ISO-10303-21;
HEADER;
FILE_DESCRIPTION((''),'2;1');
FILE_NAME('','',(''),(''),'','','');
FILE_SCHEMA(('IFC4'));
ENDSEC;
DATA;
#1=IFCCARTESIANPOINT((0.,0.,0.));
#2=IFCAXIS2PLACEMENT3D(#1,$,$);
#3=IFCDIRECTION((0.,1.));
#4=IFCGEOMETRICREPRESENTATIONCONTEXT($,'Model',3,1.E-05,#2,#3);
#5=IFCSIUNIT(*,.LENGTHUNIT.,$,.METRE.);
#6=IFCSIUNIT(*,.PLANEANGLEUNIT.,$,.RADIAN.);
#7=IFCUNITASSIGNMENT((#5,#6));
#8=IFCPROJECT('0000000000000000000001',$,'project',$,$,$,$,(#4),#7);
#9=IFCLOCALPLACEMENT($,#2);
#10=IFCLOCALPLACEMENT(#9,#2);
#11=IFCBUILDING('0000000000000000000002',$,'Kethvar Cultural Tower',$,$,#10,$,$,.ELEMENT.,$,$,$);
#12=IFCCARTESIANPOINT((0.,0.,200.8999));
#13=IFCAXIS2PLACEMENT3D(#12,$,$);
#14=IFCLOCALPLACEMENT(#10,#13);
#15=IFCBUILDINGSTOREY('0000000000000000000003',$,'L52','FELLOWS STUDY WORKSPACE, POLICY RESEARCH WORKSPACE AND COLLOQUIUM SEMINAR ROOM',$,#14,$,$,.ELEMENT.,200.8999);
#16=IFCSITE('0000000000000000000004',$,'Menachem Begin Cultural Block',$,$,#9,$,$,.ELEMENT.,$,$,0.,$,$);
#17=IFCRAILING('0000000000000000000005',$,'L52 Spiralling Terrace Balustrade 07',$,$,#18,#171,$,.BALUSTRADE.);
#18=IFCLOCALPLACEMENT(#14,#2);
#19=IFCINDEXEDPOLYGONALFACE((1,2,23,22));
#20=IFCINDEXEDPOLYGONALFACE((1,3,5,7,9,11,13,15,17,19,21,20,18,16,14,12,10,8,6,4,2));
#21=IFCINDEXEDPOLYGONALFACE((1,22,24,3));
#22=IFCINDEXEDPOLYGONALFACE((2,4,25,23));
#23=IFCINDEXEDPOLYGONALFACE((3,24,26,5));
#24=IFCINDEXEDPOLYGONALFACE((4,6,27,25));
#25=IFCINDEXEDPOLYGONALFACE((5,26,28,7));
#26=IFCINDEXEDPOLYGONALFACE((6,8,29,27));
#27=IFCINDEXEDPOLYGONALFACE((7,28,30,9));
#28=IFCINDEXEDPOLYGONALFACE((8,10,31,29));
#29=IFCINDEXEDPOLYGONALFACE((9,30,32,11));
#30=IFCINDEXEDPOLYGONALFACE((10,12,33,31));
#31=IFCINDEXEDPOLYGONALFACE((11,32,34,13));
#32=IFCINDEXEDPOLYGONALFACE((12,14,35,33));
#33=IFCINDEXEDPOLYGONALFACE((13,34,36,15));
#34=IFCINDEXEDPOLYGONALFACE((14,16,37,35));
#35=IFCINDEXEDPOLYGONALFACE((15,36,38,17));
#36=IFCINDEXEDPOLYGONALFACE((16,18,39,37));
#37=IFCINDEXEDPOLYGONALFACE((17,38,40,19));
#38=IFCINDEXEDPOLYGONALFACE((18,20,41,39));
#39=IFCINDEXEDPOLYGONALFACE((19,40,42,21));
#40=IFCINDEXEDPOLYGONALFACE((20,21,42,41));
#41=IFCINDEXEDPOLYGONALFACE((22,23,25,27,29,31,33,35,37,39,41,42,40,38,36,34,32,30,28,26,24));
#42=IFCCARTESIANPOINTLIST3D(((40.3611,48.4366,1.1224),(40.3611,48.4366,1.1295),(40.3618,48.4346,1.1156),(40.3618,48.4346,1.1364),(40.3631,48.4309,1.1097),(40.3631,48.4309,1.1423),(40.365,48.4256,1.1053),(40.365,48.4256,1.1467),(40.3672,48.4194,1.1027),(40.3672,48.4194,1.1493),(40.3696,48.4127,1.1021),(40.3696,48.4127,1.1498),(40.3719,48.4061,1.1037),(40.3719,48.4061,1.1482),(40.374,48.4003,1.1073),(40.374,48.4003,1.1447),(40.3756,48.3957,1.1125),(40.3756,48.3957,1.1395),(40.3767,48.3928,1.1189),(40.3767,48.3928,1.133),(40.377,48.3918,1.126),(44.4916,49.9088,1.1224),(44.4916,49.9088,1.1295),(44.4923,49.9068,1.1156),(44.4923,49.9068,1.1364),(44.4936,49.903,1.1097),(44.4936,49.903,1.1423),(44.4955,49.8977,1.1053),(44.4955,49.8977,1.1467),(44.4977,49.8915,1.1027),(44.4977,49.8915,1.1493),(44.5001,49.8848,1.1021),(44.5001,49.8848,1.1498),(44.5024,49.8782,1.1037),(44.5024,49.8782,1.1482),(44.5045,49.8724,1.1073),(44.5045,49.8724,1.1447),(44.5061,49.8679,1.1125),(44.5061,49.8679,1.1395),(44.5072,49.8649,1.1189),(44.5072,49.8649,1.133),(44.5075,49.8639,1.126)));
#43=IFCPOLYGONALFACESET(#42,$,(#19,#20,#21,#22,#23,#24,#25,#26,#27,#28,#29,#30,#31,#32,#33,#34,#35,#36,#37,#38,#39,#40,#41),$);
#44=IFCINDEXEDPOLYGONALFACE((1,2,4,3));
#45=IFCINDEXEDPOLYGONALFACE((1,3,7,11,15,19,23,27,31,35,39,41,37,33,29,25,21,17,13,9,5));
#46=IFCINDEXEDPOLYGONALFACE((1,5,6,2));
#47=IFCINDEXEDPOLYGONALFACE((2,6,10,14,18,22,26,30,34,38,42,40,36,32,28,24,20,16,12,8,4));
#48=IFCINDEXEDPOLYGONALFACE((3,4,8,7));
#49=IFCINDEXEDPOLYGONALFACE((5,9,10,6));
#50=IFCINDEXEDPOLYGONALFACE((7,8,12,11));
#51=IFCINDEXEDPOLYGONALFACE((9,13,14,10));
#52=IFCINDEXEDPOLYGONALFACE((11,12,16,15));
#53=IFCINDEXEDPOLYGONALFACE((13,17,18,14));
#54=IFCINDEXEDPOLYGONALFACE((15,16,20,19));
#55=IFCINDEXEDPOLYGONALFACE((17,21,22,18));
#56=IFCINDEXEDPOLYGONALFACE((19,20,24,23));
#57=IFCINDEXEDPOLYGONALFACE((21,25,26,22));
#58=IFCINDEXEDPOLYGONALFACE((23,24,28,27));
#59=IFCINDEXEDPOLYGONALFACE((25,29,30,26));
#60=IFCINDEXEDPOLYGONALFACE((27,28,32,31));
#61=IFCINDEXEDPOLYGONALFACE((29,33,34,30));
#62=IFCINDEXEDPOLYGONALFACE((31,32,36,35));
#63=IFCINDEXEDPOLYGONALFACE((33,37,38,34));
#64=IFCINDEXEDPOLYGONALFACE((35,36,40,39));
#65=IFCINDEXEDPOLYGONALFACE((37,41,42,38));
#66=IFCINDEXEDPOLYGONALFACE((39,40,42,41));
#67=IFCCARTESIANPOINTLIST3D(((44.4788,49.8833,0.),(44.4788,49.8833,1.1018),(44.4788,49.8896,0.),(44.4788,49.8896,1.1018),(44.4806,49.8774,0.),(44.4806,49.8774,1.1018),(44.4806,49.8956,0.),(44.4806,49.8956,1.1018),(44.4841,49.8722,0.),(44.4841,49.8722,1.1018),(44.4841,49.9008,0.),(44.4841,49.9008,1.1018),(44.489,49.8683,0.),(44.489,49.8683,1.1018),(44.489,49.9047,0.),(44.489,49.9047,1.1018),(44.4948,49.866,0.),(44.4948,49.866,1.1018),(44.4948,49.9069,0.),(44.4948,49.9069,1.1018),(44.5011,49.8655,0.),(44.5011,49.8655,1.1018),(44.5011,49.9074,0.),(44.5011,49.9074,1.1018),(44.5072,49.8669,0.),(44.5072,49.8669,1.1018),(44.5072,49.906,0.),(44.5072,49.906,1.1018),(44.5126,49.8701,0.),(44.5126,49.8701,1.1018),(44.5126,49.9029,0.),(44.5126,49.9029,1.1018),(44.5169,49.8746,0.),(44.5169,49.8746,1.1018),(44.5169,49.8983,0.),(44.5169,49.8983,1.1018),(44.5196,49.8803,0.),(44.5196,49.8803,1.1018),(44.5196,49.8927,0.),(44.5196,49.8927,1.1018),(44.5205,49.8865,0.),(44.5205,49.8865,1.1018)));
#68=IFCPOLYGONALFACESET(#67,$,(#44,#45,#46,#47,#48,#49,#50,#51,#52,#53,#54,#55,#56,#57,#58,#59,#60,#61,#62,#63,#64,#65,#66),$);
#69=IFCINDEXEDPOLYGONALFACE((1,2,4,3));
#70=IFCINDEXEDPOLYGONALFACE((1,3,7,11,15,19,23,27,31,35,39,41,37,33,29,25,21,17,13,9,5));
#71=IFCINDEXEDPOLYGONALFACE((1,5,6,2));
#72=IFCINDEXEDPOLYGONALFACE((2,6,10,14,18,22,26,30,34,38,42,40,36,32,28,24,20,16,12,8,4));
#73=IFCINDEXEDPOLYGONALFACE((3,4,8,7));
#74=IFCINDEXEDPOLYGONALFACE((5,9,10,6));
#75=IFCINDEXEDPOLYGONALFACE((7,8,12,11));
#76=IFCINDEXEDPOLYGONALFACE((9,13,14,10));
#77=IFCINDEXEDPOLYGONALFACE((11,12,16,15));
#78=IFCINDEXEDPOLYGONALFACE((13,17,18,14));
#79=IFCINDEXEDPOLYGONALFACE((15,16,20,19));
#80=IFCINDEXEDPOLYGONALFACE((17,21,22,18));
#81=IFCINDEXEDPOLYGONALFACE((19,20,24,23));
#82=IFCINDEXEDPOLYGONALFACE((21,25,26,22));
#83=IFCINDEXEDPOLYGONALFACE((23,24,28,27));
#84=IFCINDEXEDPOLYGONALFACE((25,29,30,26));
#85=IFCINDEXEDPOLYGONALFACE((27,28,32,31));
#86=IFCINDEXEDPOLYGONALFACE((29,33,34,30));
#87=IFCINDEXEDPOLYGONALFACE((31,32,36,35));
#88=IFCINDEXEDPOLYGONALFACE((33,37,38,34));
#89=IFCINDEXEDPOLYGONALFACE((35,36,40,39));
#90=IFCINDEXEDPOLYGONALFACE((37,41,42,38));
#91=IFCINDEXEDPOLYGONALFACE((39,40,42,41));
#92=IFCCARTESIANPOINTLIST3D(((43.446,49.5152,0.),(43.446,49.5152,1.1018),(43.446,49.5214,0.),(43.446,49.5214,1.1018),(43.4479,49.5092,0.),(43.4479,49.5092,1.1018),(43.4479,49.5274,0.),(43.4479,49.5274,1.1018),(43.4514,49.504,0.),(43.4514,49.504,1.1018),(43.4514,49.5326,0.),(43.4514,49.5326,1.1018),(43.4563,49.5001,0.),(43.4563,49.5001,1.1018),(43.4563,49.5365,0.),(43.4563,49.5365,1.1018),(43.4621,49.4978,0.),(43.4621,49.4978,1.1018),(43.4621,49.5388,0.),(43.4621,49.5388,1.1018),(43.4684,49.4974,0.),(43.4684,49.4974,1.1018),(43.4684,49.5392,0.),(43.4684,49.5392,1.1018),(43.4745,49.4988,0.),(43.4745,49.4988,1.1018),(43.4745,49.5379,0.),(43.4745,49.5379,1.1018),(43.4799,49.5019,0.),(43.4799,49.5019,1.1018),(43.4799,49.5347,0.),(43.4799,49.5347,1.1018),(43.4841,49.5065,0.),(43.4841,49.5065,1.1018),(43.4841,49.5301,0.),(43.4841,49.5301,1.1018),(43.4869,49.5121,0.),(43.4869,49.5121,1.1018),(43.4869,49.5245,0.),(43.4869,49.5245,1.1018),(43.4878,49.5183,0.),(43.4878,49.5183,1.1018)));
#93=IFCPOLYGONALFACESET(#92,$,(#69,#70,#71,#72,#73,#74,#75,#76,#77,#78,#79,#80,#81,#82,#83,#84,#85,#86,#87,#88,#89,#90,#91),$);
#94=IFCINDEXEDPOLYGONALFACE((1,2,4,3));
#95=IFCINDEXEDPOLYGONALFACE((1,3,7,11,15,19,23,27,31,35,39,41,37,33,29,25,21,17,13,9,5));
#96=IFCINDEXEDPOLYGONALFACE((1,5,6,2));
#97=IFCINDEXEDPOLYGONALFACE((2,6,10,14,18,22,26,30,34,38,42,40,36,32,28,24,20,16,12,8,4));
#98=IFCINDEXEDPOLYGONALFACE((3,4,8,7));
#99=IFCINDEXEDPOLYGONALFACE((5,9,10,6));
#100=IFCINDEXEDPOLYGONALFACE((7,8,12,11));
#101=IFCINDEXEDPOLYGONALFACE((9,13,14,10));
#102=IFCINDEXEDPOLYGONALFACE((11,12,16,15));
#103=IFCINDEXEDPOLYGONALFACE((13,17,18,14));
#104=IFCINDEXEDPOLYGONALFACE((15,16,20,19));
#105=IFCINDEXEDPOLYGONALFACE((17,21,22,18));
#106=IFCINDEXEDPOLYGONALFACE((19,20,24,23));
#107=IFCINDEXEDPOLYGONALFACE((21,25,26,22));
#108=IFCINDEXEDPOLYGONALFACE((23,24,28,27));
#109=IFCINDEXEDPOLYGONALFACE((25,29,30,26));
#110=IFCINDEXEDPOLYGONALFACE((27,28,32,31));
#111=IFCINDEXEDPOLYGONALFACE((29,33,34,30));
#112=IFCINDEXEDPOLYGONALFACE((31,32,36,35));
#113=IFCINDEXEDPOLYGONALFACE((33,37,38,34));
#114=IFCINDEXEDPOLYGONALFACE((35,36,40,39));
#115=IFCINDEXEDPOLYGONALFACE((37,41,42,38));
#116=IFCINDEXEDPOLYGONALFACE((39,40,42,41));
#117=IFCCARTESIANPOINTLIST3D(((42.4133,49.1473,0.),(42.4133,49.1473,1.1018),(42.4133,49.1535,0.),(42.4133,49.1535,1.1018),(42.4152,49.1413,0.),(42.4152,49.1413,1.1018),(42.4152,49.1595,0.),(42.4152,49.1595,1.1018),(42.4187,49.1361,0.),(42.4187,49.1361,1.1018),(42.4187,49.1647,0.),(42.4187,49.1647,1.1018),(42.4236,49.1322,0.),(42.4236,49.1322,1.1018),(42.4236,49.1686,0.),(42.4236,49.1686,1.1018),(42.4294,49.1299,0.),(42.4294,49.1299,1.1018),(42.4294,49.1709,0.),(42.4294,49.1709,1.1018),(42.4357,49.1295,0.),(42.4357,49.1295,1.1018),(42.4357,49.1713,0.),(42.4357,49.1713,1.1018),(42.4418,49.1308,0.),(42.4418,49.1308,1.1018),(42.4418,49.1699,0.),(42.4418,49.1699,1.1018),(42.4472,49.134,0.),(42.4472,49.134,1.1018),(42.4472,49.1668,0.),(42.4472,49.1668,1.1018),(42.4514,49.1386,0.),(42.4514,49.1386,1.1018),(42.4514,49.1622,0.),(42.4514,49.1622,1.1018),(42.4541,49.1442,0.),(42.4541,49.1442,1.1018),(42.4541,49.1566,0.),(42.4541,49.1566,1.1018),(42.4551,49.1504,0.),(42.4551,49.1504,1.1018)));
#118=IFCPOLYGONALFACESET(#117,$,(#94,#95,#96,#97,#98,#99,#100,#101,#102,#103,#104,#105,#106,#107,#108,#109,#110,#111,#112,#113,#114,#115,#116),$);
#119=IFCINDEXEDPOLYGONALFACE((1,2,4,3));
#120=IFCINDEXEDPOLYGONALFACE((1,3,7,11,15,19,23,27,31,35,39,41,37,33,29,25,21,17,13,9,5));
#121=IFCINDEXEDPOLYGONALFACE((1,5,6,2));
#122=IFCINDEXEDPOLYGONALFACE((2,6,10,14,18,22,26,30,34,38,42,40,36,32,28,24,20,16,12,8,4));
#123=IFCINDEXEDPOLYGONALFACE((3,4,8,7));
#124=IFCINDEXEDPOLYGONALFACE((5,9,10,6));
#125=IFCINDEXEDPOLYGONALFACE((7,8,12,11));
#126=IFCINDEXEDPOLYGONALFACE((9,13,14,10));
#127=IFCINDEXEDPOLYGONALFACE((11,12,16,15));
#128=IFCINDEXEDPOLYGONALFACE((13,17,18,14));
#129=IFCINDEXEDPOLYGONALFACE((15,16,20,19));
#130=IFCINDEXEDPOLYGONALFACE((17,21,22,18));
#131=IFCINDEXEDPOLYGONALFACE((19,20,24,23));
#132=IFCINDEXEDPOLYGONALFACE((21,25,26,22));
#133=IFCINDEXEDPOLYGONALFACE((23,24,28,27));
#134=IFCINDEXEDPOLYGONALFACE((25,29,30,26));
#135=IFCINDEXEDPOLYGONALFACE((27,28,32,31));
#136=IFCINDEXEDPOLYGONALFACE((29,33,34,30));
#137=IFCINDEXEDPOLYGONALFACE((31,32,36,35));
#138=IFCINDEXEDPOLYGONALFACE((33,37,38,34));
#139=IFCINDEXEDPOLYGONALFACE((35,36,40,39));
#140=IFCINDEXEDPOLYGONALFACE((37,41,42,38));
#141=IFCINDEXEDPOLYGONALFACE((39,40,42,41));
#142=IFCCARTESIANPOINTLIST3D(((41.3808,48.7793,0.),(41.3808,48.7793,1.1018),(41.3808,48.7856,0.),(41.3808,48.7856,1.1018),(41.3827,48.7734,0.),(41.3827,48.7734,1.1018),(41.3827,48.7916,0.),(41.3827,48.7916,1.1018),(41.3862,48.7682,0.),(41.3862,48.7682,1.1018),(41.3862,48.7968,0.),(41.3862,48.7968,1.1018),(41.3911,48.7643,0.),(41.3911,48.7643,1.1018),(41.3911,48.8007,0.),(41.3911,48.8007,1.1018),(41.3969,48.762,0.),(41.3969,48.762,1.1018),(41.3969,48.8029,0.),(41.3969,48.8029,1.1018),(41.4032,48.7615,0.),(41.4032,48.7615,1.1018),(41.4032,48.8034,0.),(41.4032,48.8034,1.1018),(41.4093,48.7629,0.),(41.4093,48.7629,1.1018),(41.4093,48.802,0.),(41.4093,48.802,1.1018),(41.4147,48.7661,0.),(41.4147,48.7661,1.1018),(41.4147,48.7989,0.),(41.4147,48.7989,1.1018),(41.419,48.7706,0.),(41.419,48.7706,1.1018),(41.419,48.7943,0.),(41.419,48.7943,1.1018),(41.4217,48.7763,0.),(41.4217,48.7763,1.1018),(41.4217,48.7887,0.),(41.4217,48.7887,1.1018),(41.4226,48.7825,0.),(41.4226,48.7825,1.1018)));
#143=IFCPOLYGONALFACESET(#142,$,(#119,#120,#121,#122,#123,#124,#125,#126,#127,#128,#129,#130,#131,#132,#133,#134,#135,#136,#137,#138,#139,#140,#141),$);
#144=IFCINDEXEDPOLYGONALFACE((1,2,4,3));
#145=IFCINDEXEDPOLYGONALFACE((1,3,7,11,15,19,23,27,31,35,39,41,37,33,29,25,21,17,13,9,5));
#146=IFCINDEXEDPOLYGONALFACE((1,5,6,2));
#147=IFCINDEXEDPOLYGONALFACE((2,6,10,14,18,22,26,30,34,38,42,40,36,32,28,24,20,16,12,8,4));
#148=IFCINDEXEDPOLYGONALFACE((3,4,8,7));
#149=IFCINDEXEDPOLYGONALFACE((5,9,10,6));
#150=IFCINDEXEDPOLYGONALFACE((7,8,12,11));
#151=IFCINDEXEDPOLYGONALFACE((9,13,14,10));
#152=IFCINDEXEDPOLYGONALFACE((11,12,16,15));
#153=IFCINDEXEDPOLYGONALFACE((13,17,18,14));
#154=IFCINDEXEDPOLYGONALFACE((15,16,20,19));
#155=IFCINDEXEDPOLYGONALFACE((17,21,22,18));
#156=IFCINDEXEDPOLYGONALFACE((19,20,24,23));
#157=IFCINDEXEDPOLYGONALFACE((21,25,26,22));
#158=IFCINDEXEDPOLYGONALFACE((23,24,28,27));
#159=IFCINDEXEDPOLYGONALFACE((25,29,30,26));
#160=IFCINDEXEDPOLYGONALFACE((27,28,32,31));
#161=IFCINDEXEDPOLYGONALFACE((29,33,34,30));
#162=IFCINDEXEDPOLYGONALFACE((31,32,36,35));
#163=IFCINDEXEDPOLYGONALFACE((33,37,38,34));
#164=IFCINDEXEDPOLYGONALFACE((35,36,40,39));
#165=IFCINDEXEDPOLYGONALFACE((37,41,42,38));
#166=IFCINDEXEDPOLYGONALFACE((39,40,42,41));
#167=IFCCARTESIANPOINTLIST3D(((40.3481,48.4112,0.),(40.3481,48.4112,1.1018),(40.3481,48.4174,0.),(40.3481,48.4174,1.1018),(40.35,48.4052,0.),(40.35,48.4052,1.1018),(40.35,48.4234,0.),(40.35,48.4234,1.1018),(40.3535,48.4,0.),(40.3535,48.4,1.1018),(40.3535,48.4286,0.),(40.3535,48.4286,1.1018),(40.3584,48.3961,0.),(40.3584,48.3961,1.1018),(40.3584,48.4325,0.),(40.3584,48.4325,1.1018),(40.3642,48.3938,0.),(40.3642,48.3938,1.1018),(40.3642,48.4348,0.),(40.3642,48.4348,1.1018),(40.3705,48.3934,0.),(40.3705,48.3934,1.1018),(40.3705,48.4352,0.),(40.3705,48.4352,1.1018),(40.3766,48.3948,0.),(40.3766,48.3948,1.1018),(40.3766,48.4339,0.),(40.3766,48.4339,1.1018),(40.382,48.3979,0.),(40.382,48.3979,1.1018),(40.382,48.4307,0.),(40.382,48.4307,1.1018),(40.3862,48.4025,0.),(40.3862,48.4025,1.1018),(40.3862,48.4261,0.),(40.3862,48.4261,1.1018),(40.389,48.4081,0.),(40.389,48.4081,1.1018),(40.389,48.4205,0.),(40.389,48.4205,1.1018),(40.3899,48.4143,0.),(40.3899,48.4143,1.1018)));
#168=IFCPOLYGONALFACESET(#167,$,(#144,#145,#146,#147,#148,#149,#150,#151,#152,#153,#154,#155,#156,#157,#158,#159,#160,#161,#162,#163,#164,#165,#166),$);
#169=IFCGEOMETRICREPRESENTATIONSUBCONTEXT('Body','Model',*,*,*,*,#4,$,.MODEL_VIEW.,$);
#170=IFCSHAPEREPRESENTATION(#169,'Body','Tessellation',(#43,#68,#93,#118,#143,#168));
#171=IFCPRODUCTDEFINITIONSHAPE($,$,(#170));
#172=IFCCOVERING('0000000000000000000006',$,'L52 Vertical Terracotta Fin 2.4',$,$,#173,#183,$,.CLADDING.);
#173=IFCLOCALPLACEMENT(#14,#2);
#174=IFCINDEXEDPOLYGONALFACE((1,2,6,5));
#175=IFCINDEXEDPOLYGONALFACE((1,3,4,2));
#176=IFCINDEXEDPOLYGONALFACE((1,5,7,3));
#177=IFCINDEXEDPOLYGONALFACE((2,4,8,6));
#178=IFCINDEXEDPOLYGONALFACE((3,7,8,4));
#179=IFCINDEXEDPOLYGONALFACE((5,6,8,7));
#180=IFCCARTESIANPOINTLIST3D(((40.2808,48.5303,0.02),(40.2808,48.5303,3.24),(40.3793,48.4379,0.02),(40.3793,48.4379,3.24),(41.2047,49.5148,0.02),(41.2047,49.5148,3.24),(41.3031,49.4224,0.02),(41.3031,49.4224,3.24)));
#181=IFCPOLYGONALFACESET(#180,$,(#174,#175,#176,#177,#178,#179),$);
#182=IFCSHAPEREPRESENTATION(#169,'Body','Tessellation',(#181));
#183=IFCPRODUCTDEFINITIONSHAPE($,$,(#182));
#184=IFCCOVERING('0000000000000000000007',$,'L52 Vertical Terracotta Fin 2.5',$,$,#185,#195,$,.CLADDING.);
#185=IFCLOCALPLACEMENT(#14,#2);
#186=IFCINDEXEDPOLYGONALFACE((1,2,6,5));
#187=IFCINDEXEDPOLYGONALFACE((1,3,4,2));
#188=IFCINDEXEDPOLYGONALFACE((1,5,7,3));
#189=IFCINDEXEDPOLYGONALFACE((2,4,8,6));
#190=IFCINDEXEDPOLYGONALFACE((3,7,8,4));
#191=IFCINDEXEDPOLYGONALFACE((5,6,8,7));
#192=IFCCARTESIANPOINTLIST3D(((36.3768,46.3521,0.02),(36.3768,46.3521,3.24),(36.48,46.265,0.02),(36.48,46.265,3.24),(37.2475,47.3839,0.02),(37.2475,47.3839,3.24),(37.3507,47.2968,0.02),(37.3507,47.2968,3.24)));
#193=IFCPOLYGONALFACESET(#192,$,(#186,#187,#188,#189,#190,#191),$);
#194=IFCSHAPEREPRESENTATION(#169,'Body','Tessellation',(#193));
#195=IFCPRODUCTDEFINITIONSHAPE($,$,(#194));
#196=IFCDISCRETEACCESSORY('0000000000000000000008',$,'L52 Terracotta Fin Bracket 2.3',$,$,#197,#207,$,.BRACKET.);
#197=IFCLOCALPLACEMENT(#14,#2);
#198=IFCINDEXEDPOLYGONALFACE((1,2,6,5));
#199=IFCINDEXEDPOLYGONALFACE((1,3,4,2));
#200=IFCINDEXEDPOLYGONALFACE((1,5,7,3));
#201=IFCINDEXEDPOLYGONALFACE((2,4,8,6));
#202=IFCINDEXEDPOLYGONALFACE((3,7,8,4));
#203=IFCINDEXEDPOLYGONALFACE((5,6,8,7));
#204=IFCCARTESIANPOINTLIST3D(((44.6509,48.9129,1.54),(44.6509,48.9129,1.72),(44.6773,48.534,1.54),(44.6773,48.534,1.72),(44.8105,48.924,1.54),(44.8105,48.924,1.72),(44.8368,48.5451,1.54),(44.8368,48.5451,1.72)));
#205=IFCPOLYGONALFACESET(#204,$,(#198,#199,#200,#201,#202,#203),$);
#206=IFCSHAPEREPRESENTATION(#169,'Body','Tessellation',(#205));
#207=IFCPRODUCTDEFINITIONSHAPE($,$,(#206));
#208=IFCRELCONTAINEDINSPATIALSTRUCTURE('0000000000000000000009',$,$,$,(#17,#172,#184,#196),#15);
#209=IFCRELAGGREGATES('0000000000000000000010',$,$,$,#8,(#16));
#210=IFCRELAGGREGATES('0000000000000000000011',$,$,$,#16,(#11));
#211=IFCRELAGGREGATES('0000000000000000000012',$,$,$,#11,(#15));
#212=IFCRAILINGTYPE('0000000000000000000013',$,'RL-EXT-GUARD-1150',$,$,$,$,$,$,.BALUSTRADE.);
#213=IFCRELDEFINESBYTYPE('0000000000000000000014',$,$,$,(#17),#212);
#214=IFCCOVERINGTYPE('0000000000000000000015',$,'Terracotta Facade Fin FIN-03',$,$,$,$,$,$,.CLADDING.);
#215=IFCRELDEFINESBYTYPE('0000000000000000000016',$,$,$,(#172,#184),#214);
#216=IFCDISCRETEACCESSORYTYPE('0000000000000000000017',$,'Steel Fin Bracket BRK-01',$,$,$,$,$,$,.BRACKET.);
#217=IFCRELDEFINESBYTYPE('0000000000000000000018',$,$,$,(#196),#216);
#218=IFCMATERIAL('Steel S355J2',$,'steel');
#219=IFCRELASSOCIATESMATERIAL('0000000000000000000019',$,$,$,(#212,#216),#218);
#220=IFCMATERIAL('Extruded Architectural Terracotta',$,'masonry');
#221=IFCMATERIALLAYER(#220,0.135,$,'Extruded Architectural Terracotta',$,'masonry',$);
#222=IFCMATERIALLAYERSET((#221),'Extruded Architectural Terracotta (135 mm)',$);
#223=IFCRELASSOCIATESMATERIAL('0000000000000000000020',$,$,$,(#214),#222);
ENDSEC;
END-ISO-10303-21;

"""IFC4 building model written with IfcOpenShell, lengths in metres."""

from ifc_helpers import new_model, si_unit, direction, frame, origin, origin_2d, place, context, subcontext, project, spatial, rectangle, circle, extrude, source, transform, mapped, material, layer, layer_set, type_object, element, save


model = new_model("IFC4")

# Units and contexts
model_context = context("Model", 3, precision=1e-05, world=origin(), true_north=direction((0.0, 1.0)))
body_context = subcontext(model_context, "Body", "Model", "MODEL_VIEW")
ifc_project = project(units=[si_unit("LENGTHUNIT", "METRE"), si_unit("PLANEANGLEUNIT", "RADIAN")], contexts=[model_context])

# Site, building, storey
site_placement = place(None, origin())
site = spatial("IfcSite", under=ifc_project, at=site_placement, Name="Menachem Begin Cultural Block", CompositionType="ELEMENT", RefElevation=0.0)
building_placement = place(site_placement, origin())
building = spatial("IfcBuilding", under=site, at=building_placement, Name="Kethvar Cultural Tower", CompositionType="ELEMENT")
storey_placement = place(building_placement, frame((0.0, 0.0, 200.8999)))
storey = spatial("IfcBuildingStorey", under=building, at=storey_placement, Name="L52", Description="FELLOWS STUDY WORKSPACE, POLICY RESEARCH WORKSPACE AND COLLOQUIUM SEMINAR ROOM", CompositionType="ELEMENT", Elevation=200.8999)

# Shared definitions
ifc_material_1 = material(Name="Steel S355J2", Category="steel")

# Railing
railing_type = type_object("IfcRailingType", Name="RL-EXT-GUARD-1150", PredefinedType="BALUSTRADE", material=ifc_material_1)
railing_placement = place(storey_placement, frame((44.4995, 49.8865, 0.0)))
element("IfcRailing", 1, at=railing_placement, inside=storey, type_object=railing_type, Name="L52 Spiralling Terrace Balustrade 07", PredefinedType="BALUSTRADE", context=body_context, shape_type="SweptSolid", body=[
    extrude(circle(Radius=0.0239, at=origin_2d()), frame((0.0, 0.0, 1.126), z_axis=(-0.941962, -0.335719, 0.0), x_axis=(0.335719, -0.941962, 0.0)), (0.0, 0.0, 1.0), 4.385),
    extrude(circle(Radius=0.021, at=origin_2d()), origin(), (0.0, 0.0, 1.0), 1.1018),
    extrude(circle(Radius=0.021, at=origin_2d()), frame((-1.0327, -0.3682, 0.0)), (0.0, 0.0, 1.0), 1.1018),
    extrude(circle(Radius=0.021, at=origin_2d()), frame((-2.0654, -0.7361, 0.0)), (0.0, 0.0, 1.0), 1.1018),
    extrude(circle(Radius=0.021, at=origin_2d()), frame((-3.0979, -1.104, 0.0)), (0.0, 0.0, 1.0), 1.1018),
    extrude(circle(Radius=0.021, at=origin_2d()), frame((-4.1306, -1.4722, 0.0)), (0.0, 0.0, 1.0), 1.1018),
])

# Coverings
ifc_material_2 = material(Name="Extruded Architectural Terracotta", Category="masonry")
ifc_layer_1 = layer(ifc_material_2, 0.135, Name="Extruded Architectural Terracotta", Category="masonry")
ifc_layer_set_1 = layer_set([ifc_layer_1], Name="Extruded Architectural Terracotta (135 mm)")
covering_type = type_object("IfcCoveringType", Name="Terracotta Facade Fin FIN-03", PredefinedType="CLADDING", material=ifc_layer_set_1)
shared_shape_1 = source(origin(), body_context, "Body", "SweptSolid", [
    extrude(rectangle(XDim=1.3501, YDim=0.135, at=origin_2d()), origin(), (0.0, 0.0, 1.0), 3.22),
])
for number, where, z_axis, x_axis, name in (
    (2, (40.792, 48.9763, 0.02), (0.0, 0.0, 1.0), (0.684293, 0.729208, 0.0), "L52 Vertical Terracotta Fin 2.4"),
    (3, (36.8638, 46.8245, 0.02), (0.0, 0.0, 1.0), (0.644924, 0.764246, 0.0), "L52 Vertical Terracotta Fin 2.5"),
):
    element("IfcCovering", number, at=place(storey_placement, frame(where, z_axis=z_axis, x_axis=x_axis)), inside=storey, type_object=covering_type, Name=name, PredefinedType="CLADDING", context=body_context, shape_type="MappedRepresentation", body=[
        mapped(shared_shape_1, transform((0.0, 0.0, 0.0), scale=1.0)),
    ])

# Discrete accessory
discrete_accessory_type = type_object("IfcDiscreteAccessoryType", Name="Steel Fin Bracket BRK-01", PredefinedType="BRACKET", material=ifc_material_1)
shared_shape_2 = source(origin(), body_context, "Body", "SweptSolid", [
    extrude(rectangle(XDim=0.3799, YDim=0.1599, at=origin_2d()), origin(), (0.0, 0.0, 1.0), 0.1799),
])
for number, where, z_axis, x_axis, name in (
    (4, (44.7439, 48.729, 1.54), (0.0, 0.0, 1.0), (-0.069408, 0.997588, 0.0), "L52 Terracotta Fin Bracket 2.3"),
):
    element("IfcDiscreteAccessory", number, at=place(storey_placement, frame(where, z_axis=z_axis, x_axis=x_axis)), inside=storey, type_object=discrete_accessory_type, Name=name, PredefinedType="BRACKET", context=body_context, shape_type="MappedRepresentation", body=[
        mapped(shared_shape_2, transform((0.0, 0.0, 0.0), scale=1.0)),
    ])

save(model, "model.ifc")
